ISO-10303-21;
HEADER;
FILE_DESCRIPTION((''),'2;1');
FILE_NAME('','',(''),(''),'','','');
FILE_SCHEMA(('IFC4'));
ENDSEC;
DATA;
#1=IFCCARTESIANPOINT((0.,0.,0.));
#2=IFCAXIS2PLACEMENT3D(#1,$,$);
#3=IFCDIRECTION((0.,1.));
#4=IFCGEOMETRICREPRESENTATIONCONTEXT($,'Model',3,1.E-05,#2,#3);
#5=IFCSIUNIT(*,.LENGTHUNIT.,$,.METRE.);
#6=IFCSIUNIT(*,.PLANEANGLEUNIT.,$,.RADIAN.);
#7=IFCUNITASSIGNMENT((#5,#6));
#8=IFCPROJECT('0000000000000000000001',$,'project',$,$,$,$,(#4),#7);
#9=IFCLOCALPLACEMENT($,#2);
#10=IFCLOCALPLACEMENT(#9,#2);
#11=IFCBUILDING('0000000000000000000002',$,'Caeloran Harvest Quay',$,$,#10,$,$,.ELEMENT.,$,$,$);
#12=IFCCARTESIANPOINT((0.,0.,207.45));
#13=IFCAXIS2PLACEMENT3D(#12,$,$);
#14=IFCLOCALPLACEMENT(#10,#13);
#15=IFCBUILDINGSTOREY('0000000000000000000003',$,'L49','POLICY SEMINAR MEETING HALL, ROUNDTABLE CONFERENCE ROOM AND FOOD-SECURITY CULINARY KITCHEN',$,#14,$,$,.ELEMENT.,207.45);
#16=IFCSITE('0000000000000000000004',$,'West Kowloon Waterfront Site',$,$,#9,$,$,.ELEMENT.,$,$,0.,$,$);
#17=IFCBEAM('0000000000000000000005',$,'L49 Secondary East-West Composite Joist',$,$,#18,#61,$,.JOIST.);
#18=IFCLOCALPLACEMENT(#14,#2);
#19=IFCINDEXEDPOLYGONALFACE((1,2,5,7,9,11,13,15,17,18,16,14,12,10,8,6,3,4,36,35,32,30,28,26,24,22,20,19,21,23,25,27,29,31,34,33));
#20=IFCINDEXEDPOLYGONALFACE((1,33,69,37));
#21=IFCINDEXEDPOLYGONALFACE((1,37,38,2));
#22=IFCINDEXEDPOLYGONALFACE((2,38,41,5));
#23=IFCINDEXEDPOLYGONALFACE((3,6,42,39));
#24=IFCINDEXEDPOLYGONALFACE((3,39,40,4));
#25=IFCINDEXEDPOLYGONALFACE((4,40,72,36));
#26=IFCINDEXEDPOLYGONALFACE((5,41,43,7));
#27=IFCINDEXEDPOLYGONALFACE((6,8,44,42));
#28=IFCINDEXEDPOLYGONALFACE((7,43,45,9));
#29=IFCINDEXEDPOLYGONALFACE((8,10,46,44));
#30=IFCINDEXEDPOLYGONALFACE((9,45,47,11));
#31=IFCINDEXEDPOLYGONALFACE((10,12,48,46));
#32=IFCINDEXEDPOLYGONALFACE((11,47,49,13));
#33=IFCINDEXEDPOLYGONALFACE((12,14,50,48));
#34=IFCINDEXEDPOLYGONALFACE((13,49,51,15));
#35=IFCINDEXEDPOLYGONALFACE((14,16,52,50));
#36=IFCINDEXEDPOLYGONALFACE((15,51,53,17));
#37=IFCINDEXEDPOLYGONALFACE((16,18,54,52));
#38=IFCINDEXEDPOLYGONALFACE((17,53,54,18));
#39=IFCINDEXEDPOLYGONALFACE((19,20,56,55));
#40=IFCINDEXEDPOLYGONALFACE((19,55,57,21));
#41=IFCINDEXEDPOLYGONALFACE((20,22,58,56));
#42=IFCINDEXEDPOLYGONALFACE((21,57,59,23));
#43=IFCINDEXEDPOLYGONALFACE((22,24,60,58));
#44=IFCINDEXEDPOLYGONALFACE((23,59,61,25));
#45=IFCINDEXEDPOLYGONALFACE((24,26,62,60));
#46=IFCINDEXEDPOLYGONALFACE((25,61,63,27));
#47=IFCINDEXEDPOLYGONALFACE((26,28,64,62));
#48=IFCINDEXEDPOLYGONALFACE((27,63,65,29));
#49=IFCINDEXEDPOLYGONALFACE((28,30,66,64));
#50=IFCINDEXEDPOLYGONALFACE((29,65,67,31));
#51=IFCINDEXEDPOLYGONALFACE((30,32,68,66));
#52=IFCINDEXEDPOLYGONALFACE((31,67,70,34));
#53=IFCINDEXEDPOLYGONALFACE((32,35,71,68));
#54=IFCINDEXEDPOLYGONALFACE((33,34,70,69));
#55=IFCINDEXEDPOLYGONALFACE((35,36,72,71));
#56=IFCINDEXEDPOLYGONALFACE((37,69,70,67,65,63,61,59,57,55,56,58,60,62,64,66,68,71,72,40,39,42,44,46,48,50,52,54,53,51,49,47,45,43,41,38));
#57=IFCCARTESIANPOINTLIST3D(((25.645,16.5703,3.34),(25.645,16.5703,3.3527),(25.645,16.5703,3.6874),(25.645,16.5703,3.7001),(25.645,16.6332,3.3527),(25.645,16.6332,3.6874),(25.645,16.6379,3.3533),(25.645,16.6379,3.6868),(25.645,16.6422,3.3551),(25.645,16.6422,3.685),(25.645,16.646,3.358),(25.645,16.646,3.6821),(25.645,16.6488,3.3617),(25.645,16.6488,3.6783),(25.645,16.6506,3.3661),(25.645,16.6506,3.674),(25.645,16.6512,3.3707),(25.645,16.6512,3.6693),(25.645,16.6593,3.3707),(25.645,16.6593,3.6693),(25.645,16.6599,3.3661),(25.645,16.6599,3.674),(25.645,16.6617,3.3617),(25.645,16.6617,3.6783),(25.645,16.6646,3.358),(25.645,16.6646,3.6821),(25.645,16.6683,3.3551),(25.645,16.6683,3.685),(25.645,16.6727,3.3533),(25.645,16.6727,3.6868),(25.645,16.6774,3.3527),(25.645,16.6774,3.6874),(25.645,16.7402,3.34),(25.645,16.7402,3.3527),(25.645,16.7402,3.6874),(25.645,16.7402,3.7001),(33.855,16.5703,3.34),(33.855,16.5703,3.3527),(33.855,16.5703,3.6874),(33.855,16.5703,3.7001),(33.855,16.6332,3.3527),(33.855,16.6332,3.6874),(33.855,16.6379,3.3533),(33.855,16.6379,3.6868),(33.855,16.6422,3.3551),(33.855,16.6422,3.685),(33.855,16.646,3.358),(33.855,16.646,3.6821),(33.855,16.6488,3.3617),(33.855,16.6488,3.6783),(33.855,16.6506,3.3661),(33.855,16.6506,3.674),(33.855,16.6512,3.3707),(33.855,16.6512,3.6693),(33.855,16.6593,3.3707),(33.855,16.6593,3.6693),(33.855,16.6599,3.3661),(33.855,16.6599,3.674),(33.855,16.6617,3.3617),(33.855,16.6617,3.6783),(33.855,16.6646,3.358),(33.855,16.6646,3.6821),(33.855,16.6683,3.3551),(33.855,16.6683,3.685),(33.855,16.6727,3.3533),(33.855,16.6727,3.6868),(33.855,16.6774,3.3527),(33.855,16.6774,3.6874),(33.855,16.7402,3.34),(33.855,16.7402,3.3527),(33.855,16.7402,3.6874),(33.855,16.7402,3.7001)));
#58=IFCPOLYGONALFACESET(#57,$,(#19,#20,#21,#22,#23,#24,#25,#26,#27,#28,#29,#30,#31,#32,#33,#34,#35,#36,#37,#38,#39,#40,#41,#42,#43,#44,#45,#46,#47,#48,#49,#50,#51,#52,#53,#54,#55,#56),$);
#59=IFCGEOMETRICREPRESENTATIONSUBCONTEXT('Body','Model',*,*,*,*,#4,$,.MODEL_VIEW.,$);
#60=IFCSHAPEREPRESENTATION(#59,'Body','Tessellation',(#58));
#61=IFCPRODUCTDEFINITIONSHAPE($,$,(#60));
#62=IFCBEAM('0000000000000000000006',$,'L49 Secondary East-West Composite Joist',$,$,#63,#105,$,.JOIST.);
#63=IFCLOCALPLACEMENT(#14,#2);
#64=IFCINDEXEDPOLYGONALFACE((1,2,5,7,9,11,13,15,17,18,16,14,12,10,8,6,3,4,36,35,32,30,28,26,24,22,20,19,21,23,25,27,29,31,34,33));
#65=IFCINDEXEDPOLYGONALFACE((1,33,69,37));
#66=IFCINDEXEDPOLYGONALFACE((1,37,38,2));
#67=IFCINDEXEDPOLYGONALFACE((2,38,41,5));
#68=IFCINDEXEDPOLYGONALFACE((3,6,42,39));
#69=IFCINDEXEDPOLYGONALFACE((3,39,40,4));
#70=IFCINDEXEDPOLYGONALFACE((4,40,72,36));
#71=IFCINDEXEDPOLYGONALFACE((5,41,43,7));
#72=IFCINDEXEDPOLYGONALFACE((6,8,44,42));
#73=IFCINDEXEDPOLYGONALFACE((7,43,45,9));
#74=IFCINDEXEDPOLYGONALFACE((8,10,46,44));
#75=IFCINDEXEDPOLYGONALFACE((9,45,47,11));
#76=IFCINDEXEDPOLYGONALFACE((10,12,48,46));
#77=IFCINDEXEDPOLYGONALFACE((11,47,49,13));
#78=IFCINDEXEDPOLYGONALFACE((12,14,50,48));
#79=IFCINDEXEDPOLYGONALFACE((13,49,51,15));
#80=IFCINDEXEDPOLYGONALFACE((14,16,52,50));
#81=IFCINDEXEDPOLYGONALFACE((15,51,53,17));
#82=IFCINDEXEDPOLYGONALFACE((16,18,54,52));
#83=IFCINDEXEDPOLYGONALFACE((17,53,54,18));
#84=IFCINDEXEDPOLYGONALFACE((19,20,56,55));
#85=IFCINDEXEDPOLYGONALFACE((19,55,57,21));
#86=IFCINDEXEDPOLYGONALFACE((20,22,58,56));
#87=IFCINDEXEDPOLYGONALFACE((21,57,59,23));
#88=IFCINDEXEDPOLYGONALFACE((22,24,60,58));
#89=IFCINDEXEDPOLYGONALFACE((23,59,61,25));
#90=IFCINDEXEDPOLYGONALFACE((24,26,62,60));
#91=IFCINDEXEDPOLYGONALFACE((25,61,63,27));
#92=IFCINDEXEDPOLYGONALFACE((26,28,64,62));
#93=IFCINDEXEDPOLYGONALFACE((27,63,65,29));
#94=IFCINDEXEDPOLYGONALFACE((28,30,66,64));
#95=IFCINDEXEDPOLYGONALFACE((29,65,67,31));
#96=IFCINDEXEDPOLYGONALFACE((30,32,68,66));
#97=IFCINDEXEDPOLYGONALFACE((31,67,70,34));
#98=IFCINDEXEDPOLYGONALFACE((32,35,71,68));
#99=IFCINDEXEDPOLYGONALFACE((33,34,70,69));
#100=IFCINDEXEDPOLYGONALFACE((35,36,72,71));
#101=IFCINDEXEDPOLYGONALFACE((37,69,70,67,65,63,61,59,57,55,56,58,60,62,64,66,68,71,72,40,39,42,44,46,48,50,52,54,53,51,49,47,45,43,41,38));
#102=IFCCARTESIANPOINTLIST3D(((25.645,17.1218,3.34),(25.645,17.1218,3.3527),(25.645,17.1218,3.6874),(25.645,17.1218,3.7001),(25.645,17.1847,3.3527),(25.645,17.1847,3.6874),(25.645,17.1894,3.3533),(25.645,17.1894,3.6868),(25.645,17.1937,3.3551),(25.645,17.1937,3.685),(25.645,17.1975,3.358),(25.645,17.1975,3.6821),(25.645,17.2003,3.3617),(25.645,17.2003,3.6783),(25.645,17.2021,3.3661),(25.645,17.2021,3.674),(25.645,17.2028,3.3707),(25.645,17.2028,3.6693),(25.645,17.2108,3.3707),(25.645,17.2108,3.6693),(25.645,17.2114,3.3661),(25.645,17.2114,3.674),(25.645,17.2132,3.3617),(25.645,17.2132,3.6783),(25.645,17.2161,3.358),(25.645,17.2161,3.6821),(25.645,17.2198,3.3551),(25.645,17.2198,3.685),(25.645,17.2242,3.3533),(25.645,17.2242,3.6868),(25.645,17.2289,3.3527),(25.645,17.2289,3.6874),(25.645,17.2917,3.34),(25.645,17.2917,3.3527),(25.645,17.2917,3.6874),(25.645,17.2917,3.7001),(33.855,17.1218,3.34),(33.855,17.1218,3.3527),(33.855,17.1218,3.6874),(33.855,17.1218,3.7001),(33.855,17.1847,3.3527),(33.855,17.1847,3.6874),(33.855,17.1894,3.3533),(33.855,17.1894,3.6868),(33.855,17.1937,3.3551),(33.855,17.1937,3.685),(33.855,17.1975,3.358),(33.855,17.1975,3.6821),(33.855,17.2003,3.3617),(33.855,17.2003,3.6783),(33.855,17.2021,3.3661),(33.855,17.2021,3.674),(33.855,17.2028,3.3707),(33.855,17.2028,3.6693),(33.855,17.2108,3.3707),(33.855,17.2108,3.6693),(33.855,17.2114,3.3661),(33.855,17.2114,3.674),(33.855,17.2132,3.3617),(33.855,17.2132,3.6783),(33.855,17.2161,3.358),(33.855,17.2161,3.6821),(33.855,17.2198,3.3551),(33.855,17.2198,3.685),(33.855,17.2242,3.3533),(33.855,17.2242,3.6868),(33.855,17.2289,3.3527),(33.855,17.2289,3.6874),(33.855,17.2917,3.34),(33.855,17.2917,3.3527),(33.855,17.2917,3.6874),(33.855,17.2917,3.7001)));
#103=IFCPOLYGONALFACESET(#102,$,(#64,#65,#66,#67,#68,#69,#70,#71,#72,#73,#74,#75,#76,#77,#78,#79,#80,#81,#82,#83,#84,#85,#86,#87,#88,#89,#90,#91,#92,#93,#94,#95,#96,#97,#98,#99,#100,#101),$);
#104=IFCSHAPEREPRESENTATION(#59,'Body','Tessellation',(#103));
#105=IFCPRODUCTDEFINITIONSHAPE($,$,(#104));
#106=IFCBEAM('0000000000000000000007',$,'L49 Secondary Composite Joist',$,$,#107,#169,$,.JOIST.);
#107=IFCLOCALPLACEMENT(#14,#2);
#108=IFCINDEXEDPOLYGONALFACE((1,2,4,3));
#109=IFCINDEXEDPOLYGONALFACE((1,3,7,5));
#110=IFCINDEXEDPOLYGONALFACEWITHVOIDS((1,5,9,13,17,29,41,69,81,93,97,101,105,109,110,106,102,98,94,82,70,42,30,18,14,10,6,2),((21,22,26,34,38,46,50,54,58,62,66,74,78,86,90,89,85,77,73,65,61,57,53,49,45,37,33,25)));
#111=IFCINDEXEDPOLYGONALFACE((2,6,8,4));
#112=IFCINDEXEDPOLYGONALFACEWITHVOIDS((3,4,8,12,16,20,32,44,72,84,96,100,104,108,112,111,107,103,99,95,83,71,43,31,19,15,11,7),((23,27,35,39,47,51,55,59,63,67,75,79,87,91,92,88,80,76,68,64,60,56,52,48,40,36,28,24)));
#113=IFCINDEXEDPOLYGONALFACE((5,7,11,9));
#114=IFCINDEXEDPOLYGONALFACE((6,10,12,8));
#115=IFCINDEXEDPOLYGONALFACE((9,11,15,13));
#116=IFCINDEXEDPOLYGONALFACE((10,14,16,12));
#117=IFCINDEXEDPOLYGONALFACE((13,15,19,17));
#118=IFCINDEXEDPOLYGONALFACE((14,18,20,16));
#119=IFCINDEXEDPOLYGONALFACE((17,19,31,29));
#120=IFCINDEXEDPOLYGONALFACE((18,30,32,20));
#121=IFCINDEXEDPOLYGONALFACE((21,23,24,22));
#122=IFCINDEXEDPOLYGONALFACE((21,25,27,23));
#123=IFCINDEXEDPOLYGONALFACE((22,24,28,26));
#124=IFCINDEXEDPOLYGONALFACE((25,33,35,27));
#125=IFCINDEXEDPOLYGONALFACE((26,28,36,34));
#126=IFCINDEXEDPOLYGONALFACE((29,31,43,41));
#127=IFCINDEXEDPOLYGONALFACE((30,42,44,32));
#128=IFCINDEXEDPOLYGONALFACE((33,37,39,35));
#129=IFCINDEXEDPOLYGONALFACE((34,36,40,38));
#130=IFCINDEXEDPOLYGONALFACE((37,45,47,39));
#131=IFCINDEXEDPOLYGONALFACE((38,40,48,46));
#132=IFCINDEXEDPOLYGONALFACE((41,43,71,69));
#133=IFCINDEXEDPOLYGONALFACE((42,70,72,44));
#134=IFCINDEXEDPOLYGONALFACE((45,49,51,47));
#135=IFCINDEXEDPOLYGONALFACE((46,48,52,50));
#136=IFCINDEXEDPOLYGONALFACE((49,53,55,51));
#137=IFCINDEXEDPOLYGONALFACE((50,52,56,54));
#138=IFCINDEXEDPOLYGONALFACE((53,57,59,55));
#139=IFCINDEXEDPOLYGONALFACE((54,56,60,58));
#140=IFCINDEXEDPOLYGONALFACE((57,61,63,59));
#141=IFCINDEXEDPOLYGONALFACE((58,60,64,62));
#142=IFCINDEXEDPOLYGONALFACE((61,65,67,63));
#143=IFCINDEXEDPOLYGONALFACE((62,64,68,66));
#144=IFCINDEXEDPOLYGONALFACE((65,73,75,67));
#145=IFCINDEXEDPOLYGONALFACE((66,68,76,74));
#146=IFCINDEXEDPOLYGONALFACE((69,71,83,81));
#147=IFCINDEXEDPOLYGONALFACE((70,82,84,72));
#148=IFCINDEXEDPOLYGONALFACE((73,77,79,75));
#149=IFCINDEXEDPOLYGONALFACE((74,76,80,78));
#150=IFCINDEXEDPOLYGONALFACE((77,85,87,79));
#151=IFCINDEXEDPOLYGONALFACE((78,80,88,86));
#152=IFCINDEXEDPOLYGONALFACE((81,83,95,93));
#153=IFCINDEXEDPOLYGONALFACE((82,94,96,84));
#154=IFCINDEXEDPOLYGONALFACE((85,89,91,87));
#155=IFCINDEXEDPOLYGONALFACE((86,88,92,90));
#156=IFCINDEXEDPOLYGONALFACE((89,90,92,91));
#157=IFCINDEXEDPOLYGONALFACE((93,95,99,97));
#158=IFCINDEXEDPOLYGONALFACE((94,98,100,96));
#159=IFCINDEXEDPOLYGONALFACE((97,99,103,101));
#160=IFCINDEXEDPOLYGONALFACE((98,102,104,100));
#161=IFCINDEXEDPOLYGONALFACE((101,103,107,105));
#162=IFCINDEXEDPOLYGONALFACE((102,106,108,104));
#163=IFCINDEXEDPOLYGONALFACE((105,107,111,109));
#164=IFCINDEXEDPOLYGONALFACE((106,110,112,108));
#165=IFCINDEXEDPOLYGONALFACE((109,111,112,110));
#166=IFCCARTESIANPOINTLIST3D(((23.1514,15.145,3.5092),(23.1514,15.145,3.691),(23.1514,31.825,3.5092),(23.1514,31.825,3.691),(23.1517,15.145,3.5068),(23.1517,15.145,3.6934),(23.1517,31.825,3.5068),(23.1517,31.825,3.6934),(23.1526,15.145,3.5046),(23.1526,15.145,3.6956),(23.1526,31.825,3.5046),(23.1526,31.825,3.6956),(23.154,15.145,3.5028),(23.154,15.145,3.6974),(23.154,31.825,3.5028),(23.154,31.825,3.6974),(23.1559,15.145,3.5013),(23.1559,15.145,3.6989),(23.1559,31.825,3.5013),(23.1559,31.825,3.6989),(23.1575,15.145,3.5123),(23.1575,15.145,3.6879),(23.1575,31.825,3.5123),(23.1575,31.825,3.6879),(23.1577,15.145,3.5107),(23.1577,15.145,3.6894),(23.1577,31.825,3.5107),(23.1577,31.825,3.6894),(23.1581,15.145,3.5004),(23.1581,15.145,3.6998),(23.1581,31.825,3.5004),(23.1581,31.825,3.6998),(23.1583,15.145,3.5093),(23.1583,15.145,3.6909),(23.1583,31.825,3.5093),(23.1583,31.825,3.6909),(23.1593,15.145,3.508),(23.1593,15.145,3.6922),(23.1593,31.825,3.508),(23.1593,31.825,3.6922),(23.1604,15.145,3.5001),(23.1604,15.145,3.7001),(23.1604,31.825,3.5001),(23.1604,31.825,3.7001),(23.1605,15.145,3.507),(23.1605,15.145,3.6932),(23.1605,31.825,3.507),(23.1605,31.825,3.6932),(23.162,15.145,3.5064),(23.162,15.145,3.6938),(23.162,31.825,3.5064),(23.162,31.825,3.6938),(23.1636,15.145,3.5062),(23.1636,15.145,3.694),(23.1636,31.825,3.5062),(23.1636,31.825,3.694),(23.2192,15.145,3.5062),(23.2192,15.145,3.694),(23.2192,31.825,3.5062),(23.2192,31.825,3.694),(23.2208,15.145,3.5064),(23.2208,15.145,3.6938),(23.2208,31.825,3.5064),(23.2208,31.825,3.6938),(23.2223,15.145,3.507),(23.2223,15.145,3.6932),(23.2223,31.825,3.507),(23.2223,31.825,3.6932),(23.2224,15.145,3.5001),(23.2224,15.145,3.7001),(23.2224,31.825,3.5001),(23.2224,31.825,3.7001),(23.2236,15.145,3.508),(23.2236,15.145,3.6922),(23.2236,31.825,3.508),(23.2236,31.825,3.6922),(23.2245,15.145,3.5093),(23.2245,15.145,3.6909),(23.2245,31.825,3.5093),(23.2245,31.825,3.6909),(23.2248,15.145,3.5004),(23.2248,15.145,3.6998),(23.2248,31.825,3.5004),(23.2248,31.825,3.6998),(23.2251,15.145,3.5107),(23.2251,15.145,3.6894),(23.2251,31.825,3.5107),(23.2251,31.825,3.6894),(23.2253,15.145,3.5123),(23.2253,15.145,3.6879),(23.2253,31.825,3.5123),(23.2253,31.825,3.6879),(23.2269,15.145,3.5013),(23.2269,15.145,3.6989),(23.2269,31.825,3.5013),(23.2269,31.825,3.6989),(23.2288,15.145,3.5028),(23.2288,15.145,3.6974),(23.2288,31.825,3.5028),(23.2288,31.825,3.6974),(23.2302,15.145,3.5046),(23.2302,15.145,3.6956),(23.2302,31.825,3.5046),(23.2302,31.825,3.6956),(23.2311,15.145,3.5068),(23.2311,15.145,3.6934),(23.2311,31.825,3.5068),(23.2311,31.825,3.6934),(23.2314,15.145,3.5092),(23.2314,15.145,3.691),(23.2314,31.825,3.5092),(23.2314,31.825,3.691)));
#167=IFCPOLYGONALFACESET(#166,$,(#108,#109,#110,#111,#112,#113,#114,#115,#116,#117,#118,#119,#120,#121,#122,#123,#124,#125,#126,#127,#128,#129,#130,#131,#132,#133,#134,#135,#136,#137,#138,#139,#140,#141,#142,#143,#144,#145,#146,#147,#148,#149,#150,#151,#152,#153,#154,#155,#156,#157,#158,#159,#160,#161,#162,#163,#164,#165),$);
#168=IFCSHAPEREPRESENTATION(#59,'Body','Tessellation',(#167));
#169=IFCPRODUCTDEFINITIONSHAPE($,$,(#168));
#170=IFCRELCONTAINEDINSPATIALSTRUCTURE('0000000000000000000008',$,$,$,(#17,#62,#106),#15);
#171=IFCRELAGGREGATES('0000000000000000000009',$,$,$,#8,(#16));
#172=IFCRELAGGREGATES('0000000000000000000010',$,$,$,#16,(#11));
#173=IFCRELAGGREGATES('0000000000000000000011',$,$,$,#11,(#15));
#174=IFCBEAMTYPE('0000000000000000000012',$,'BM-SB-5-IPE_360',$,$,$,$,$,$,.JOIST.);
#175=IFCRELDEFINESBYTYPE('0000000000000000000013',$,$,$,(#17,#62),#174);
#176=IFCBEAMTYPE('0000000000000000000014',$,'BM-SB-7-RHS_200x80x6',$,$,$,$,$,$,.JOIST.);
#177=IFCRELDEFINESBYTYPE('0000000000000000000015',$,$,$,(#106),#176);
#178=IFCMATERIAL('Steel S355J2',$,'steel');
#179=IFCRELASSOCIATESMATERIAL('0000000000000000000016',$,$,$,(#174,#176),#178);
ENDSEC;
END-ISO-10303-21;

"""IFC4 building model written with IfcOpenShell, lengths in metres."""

from ifc_helpers import new_model, si_unit, direction, frame, origin, origin_2d, place, context, subcontext, project, spatial, hollow_rectangle, i_section, extrude, material, material_profile, profile_set, type_object, element, save


model = new_model("IFC4")

# Units and contexts
model_context = context("Model", 3, precision=1e-05, world=origin(), true_north=direction((0.0, 1.0)))
body_context = subcontext(model_context, "Body", "Model", "MODEL_VIEW")
ifc_project = project(units=[si_unit("LENGTHUNIT", "METRE"), si_unit("PLANEANGLEUNIT", "RADIAN")], contexts=[model_context])

# Site, building, storey
site_placement = place(None, origin())
site = spatial("IfcSite", under=ifc_project, at=site_placement, Name="West Kowloon Waterfront Site", CompositionType="ELEMENT", RefElevation=0.0)
building_placement = place(site_placement, origin())
building = spatial("IfcBuilding", under=site, at=building_placement, Name="Caeloran Harvest Quay", CompositionType="ELEMENT")
storey_placement = place(building_placement, frame((0.0, 0.0, 207.45)))
storey = spatial("IfcBuildingStorey", under=building, at=storey_placement, Name="L49", Description="POLICY SEMINAR MEETING HALL, ROUNDTABLE CONFERENCE ROOM AND FOOD-SECURITY CULINARY KITCHEN", CompositionType="ELEMENT", Elevation=207.45)

# Beams
ifc_material_1 = material(Name="Steel S355J2", Category="steel")
ifc_material_profile_1 = material_profile(ifc_material_1, i_section(OverallWidth=0.1699, OverallDepth=0.3601, WebThickness=0.0081, FlangeThickness=0.0127, FilletRadius=0.0181, at=origin_2d()), Name="IPE 360")
ifc_profile_set_1 = profile_set([ifc_material_profile_1], Name="Steel S355J2")
beam_type_1 = type_object("IfcBeamType", Name="BM-SB-5-IPE_360", PredefinedType="JOIST", material=ifc_profile_set_1)
for number, where, z_axis, x_axis, name in (
    (1, (25.645, 16.6553, 3.52), (1.0, 0.0, 0.0), (0.0, 1.0, 0.0), "L49 Secondary East-West Composite Joist"),
    (2, (25.645, 17.2068, 3.52), (1.0, 0.0, 0.0), (0.0, 1.0, 0.0), "L49 Secondary East-West Composite Joist"),
):
    element("IfcBeam", number, at=place(storey_placement, frame(where, z_axis=z_axis, x_axis=x_axis)), inside=storey, type_object=beam_type_1, Name=name, PredefinedType="JOIST", context=body_context, shape_type="SweptSolid", body=[
        extrude(i_section(OverallWidth=0.1699, OverallDepth=0.3601, WebThickness=0.0081, FlangeThickness=0.0127, FilletRadius=0.0181, at=origin_2d()), origin(), (0.0, 0.0, 1.0), 8.21),
    ])
ifc_material_profile_2 = material_profile(ifc_material_1, hollow_rectangle(XDim=0.0801, YDim=0.2, WallThickness=0.0061, InnerFilletRadius=0.0061, OuterFilletRadius=0.009, at=origin_2d()), Name="RHS 200x80x6")
ifc_profile_set_2 = profile_set([ifc_material_profile_2], Name="Steel S355J2")
beam_type_2 = type_object("IfcBeamType", Name="BM-SB-7-RHS_200x80x6", PredefinedType="JOIST", material=ifc_profile_set_2)
beam_1_placement = place(storey_placement, frame((23.1914, 15.145, 3.6001), z_axis=(0.0, 1.0, 0.0), x_axis=(-1.0, 0.0, 0.0)))
element("IfcBeam", 3, at=beam_1_placement, inside=storey, type_object=beam_type_2, Name="L49 Secondary Composite Joist", PredefinedType="JOIST", context=body_context, shape_type="SweptSolid", body=[
    extrude(hollow_rectangle(XDim=0.0801, YDim=0.2, WallThickness=0.0061, InnerFilletRadius=0.0061, OuterFilletRadius=0.009, at=origin_2d()), origin(), (0.0, 0.0, 1.0), 16.6799),
])

save(model, "model.ifc")
